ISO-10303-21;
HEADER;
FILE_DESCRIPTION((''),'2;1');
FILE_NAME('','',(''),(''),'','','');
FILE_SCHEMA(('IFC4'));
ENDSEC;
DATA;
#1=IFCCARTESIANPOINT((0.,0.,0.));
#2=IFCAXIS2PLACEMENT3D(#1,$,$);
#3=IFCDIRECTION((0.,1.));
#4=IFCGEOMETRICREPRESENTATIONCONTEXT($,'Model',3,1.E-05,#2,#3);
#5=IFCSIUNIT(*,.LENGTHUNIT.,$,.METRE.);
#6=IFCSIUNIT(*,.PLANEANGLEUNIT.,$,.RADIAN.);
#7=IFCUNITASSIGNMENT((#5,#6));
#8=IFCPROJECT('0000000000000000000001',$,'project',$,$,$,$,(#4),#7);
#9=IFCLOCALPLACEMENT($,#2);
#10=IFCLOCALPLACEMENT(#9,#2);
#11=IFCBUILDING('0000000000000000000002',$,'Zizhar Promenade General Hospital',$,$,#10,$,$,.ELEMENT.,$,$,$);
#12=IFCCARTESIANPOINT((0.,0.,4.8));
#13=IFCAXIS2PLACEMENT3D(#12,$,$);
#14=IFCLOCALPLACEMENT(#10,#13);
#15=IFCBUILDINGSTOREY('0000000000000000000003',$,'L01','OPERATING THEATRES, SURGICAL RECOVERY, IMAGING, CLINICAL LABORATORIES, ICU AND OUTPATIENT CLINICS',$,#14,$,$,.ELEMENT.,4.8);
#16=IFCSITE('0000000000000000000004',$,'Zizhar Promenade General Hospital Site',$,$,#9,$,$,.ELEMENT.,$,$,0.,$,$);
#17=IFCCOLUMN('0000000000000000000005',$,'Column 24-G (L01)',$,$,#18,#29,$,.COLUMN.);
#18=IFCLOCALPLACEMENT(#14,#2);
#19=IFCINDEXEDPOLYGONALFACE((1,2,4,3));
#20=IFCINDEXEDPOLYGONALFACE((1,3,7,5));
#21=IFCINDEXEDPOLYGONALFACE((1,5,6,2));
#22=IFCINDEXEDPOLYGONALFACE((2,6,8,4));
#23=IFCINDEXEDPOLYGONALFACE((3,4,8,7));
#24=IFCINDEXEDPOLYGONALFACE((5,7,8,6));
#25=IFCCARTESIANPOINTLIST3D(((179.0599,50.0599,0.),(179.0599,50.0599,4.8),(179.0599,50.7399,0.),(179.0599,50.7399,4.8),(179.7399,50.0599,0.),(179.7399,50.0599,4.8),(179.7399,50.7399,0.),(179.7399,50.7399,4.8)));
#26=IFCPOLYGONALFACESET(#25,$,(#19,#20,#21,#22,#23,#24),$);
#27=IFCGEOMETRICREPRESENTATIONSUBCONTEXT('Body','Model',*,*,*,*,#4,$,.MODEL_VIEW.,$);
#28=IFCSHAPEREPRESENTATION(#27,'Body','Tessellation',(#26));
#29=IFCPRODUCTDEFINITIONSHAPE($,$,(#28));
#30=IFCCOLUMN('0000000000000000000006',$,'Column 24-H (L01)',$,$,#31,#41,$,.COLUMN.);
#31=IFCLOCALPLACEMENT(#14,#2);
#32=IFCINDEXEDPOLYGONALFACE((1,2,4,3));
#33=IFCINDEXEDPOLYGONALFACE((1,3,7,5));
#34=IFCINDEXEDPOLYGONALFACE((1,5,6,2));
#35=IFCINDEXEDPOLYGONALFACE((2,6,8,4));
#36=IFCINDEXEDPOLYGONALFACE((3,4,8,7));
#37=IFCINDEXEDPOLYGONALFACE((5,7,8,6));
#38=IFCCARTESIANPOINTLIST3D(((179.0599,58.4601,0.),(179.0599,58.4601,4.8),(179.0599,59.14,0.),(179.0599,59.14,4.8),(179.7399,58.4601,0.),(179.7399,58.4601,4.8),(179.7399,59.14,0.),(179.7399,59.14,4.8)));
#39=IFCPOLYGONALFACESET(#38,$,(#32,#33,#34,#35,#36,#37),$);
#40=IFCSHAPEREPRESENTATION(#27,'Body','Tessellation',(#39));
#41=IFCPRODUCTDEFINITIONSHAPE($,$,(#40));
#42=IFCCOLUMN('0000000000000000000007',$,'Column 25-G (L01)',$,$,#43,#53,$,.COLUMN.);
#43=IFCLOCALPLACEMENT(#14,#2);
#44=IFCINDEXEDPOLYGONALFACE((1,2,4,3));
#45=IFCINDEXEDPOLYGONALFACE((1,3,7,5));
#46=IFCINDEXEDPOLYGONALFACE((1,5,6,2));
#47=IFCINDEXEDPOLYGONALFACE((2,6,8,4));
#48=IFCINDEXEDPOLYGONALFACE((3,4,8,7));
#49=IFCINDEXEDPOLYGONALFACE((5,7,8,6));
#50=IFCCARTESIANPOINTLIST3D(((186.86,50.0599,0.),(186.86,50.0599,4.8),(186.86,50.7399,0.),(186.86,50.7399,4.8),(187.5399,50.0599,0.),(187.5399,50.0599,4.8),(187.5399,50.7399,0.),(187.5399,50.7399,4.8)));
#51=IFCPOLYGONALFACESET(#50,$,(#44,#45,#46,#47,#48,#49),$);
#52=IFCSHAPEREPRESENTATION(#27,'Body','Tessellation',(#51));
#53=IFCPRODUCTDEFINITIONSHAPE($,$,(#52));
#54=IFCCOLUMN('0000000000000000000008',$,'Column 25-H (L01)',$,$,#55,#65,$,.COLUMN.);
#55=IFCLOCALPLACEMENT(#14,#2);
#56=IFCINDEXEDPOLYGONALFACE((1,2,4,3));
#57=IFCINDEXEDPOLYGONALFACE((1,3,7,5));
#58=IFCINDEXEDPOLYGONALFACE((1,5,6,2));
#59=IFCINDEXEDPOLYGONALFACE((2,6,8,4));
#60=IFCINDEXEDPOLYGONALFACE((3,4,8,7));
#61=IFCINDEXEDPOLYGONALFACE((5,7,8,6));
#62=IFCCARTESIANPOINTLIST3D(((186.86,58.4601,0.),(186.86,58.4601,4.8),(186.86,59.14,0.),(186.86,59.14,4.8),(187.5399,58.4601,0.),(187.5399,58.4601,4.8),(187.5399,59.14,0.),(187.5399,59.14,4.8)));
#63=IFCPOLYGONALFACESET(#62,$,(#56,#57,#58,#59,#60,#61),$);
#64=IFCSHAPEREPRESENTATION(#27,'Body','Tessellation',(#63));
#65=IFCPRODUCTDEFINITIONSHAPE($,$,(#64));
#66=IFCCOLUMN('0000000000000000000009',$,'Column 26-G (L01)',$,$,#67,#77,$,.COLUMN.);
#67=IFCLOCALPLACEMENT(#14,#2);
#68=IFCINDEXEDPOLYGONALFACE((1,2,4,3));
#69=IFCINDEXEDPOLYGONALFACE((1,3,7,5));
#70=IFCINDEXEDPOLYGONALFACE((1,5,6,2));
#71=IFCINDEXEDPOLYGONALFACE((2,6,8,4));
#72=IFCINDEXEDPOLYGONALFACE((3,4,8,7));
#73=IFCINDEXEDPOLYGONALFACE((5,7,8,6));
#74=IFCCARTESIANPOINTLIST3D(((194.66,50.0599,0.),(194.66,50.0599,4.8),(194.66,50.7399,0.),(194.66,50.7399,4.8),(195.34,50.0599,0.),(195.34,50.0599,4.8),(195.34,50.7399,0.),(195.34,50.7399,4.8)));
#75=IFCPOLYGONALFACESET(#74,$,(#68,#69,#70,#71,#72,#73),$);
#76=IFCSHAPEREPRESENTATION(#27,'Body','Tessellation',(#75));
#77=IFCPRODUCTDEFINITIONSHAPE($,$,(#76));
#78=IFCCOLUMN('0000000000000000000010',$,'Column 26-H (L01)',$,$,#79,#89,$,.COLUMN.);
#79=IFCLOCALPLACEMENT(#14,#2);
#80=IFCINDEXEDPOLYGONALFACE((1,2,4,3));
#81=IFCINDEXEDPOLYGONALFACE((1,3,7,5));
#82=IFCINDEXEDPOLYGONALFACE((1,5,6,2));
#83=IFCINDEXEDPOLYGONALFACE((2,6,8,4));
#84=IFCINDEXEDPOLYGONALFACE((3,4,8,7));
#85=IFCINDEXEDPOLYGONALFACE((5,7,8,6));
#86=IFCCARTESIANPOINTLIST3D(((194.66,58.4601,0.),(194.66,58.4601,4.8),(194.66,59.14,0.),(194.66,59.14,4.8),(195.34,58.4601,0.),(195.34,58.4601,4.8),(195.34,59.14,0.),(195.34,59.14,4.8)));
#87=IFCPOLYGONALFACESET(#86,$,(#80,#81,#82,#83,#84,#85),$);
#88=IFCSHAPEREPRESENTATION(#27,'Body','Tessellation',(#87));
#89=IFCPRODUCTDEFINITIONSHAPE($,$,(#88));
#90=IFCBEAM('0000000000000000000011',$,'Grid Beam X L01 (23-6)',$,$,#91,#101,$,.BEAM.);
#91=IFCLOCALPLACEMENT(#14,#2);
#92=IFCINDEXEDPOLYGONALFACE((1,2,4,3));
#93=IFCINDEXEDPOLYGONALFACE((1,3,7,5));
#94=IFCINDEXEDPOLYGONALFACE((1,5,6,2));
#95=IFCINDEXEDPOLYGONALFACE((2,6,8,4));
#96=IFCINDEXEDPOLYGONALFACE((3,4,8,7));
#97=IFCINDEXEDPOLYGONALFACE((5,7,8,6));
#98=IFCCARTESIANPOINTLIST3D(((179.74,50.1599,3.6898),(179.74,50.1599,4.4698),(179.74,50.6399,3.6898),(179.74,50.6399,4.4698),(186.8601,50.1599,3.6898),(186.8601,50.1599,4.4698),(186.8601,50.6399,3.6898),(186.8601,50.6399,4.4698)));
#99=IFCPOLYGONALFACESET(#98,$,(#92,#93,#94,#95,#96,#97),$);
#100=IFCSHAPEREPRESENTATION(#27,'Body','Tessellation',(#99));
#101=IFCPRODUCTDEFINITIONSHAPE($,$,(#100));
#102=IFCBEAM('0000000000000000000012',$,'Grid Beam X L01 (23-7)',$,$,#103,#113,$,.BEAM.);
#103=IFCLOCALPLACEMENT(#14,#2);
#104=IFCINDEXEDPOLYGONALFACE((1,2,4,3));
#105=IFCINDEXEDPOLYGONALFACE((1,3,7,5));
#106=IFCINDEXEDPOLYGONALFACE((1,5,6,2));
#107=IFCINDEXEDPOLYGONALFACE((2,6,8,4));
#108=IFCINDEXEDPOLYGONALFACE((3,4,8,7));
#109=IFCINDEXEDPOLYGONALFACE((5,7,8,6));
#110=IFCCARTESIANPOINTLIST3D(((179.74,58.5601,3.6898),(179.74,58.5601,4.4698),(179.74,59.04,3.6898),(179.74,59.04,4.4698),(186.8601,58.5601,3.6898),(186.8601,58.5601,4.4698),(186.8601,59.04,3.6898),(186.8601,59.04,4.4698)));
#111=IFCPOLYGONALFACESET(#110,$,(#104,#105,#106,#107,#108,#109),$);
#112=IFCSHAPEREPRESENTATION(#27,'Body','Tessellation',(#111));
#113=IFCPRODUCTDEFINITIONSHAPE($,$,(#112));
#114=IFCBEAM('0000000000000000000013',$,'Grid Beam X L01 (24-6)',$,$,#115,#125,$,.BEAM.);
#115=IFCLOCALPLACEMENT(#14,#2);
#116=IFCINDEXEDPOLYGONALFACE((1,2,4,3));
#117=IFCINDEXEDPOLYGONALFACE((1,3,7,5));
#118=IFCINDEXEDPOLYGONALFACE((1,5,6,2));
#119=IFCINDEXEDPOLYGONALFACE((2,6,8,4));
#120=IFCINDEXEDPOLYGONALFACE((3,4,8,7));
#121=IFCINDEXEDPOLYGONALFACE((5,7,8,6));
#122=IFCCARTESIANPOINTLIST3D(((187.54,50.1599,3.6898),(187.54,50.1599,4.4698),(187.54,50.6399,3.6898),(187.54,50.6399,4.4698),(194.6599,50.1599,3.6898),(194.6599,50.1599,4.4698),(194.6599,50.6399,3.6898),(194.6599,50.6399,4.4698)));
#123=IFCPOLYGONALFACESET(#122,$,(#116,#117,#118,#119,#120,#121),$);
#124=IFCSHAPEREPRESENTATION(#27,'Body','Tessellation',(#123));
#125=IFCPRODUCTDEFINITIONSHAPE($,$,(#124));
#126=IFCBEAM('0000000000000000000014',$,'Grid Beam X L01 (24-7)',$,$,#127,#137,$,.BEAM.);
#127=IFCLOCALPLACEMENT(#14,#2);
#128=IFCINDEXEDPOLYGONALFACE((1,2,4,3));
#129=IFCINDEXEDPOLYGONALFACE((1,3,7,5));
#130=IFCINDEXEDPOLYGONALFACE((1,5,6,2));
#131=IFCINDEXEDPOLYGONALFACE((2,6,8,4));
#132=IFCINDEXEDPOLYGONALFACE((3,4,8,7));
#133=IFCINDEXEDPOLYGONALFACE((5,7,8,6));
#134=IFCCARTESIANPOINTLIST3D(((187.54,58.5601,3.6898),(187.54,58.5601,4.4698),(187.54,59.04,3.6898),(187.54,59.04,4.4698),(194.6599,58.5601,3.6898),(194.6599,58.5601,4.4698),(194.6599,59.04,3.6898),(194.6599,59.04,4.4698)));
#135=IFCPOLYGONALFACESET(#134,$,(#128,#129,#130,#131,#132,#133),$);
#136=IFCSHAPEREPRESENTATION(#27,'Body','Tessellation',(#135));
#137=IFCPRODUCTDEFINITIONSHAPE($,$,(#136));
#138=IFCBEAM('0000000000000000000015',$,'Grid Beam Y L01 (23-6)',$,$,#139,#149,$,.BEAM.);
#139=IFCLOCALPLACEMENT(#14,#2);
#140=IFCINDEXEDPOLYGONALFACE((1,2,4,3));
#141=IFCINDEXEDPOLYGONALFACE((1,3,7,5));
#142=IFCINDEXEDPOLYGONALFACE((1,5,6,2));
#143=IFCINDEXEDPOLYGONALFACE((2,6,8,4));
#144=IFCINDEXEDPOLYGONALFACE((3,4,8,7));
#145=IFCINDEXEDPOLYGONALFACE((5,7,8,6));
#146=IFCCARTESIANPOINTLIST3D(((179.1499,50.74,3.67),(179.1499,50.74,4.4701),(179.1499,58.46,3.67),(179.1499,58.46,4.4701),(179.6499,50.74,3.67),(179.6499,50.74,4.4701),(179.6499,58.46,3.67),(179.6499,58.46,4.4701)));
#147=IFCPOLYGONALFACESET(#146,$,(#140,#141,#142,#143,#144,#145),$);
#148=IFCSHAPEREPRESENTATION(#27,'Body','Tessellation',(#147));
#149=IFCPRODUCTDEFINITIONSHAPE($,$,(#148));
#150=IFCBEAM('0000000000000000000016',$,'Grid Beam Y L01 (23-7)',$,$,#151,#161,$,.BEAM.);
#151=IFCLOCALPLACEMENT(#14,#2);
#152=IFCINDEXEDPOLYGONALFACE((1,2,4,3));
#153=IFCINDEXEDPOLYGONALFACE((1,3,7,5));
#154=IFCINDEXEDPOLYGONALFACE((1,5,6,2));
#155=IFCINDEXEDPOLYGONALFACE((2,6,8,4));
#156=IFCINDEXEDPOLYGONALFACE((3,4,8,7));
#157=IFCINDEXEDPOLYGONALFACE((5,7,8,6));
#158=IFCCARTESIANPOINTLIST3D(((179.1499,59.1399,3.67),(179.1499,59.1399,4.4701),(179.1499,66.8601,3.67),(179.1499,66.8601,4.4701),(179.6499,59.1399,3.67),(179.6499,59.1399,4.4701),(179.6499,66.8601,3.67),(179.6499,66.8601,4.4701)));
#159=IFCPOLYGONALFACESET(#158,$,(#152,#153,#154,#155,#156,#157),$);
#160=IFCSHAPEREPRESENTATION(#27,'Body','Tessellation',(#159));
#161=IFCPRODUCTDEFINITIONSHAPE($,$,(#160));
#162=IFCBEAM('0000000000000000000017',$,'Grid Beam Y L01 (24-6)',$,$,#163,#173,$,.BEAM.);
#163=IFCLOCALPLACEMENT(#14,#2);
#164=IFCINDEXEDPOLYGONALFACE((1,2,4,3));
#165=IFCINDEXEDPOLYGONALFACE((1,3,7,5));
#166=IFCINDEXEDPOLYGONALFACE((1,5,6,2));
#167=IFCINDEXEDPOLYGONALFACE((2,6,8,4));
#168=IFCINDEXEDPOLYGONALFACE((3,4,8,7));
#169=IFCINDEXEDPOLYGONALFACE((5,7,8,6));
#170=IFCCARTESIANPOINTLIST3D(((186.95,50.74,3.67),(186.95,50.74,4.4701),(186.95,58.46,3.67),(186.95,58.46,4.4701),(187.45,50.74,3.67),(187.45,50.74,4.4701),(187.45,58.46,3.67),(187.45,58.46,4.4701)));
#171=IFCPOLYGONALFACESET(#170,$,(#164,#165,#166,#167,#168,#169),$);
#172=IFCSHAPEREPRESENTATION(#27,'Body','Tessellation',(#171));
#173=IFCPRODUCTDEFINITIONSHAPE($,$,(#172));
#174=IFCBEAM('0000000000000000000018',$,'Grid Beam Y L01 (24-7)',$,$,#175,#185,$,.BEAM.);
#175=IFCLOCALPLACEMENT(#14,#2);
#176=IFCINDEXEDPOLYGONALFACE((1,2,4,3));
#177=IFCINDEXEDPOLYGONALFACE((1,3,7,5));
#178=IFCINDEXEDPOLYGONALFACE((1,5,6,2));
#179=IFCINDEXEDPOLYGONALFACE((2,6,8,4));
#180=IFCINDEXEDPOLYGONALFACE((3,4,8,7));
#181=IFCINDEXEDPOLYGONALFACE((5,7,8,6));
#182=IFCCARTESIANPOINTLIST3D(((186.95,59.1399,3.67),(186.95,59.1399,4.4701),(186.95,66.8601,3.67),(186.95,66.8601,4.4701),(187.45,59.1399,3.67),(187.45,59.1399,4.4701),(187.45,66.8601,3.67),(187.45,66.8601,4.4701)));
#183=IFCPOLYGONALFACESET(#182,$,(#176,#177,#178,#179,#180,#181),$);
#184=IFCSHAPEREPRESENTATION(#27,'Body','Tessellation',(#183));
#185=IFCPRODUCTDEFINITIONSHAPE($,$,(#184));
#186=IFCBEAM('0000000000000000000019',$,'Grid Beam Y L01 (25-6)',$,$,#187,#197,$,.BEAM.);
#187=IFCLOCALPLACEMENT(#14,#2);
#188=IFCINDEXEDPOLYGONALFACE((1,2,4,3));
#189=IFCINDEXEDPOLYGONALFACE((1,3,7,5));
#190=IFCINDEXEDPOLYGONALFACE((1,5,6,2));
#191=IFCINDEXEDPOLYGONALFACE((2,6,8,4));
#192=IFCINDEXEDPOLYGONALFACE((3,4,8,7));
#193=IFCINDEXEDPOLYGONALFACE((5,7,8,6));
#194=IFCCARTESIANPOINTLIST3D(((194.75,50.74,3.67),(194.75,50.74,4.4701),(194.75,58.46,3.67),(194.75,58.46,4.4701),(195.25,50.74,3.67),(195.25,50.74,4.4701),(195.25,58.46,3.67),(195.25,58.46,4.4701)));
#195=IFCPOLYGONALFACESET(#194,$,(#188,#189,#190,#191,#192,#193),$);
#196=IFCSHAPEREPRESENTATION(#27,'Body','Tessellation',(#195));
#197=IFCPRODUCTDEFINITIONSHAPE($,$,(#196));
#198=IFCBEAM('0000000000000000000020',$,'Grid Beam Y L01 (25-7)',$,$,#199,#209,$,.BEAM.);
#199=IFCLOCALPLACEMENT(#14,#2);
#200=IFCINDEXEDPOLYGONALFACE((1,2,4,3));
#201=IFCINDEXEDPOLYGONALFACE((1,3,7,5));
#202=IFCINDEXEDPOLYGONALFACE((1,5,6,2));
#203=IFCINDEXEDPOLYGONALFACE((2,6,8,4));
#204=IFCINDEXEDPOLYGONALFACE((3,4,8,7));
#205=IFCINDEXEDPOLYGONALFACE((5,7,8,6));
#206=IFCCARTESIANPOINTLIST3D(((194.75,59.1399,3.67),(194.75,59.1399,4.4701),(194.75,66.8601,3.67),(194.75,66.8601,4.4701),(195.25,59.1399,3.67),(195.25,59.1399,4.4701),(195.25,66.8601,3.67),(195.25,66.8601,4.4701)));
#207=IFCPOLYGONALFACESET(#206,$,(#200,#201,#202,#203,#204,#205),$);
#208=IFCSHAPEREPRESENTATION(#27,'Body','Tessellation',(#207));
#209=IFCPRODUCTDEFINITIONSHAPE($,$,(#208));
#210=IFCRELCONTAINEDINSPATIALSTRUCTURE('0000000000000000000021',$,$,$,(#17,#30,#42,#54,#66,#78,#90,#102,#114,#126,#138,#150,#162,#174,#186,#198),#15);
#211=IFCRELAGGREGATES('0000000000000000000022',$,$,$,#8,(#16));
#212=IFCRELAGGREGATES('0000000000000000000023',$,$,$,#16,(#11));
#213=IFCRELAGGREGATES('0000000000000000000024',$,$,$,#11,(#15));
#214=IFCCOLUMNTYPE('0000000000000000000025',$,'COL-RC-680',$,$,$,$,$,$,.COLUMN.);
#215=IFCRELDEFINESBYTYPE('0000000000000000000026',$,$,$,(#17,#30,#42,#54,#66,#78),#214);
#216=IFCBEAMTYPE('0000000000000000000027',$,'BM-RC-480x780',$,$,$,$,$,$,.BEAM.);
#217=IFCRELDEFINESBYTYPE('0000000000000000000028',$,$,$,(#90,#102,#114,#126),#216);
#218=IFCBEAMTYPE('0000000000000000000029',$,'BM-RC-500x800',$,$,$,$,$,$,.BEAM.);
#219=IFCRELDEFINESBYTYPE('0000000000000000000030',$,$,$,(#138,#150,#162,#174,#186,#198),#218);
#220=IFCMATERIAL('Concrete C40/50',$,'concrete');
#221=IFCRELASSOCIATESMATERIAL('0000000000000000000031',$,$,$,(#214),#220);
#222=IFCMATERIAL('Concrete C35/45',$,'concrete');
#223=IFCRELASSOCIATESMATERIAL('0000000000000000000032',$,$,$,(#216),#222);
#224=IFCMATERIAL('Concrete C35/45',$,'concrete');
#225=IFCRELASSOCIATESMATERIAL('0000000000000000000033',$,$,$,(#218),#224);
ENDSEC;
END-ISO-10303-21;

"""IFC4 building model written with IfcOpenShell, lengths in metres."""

from ifc_helpers import new_model, si_unit, direction, frame, origin, origin_2d, place, context, subcontext, project, spatial, rectangle, extrude, material, material_profile, profile_set, type_object, element, save


model = new_model("IFC4")

# Units and contexts
model_context = context("Model", 3, precision=1e-05, world=origin(), true_north=direction((0.0, 1.0)))
body_context = subcontext(model_context, "Body", "Model", "MODEL_VIEW")
ifc_project = project(units=[si_unit("LENGTHUNIT", "METRE"), si_unit("PLANEANGLEUNIT", "RADIAN")], contexts=[model_context])

# Site, building, storey
site_placement = place(None, origin())
site = spatial("IfcSite", under=ifc_project, at=site_placement, Name="Zizhar Promenade General Hospital Site", CompositionType="ELEMENT", RefElevation=0.0)
building_placement = place(site_placement, origin())
building = spatial("IfcBuilding", under=site, at=building_placement, Name="Zizhar Promenade General Hospital", CompositionType="ELEMENT")
storey_placement = place(building_placement, frame((0.0, 0.0, 4.8)))
storey = spatial("IfcBuildingStorey", under=building, at=storey_placement, Name="L01", Description="OPERATING THEATRES, SURGICAL RECOVERY, IMAGING, CLINICAL LABORATORIES, ICU AND OUTPATIENT CLINICS", CompositionType="ELEMENT", Elevation=4.8)

# Columns
ifc_material_1 = material(Name="Concrete C40/50", Category="concrete")
ifc_material_profile_1 = material_profile(ifc_material_1, rectangle(XDim=0.6799, YDim=0.6799, at=origin_2d()))
ifc_profile_set_1 = profile_set([ifc_material_profile_1], Name="Concrete C40/50")
column_type = type_object("IfcColumnType", Name="COL-RC-680", PredefinedType="COLUMN", material=ifc_profile_set_1)
for number, where, z_axis, x_axis, name in (
    (1, (179.3999, 50.3999, 0.0), (0.0, 0.0, 1.0), (1.0, 0.0, 0.0), "Column 24-G (L01)"),
    (2, (179.3999, 58.8, 0.0), (0.0, 0.0, 1.0), (1.0, 0.0, 0.0), "Column 24-H (L01)"),
    (3, (187.2, 50.3999, 0.0), (0.0, 0.0, 1.0), (1.0, 0.0, 0.0), "Column 25-G (L01)"),
    (4, (187.2, 58.8, 0.0), (0.0, 0.0, 1.0), (1.0, 0.0, 0.0), "Column 25-H (L01)"),
    (5, (195.0, 50.3999, 0.0), (0.0, 0.0, 1.0), (1.0, 0.0, 0.0), "Column 26-G (L01)"),
    (6, (195.0, 58.8, 0.0), (0.0, 0.0, 1.0), (1.0, 0.0, 0.0), "Column 26-H (L01)"),
):
    element("IfcColumn", number, at=place(storey_placement, frame(where, z_axis=z_axis, x_axis=x_axis)), inside=storey, type_object=column_type, Name=name, PredefinedType="COLUMN", context=body_context, shape_type="SweptSolid", body=[
        extrude(rectangle(XDim=0.6799, YDim=0.6799, at=origin_2d()), origin(), (0.0, 0.0, 1.0), 4.8),
    ])

# Beams
ifc_material_2 = material(Name="Concrete C35/45", Category="concrete")
ifc_material_profile_2 = material_profile(ifc_material_2, rectangle(XDim=0.48, YDim=0.78, at=origin_2d()))
ifc_profile_set_2 = profile_set([ifc_material_profile_2], Name="Concrete C35/45")
beam_type_1 = type_object("IfcBeamType", Name="BM-RC-480x780", PredefinedType="BEAM", material=ifc_profile_set_2)
for number, where, z_axis, x_axis, name in (
    (7, (179.74, 50.3999, 4.0798), (1.0, 0.0, 0.0), (0.0, 1.0, 0.0), "Grid Beam X L01 (23-6)"),
    (8, (179.74, 58.8, 4.0798), (1.0, 0.0, 0.0), (0.0, 1.0, 0.0), "Grid Beam X L01 (23-7)"),
):
    element("IfcBeam", number, at=place(storey_placement, frame(where, z_axis=z_axis, x_axis=x_axis)), inside=storey, type_object=beam_type_1, Name=name, PredefinedType="BEAM", context=body_context, shape_type="SweptSolid", body=[
        extrude(rectangle(XDim=0.48, YDim=0.78, at=origin_2d()), origin(), (0.0, 0.0, 1.0), 7.1201),
    ])
for number, where, z_axis, x_axis, name in (
    (9, (187.54, 50.3999, 4.0798), (1.0, 0.0, 0.0), (0.0, 1.0, 0.0), "Grid Beam X L01 (24-6)"),
    (10, (187.54, 58.8, 4.0798), (1.0, 0.0, 0.0), (0.0, 1.0, 0.0), "Grid Beam X L01 (24-7)"),
):
    element("IfcBeam", number, at=place(storey_placement, frame(where, z_axis=z_axis, x_axis=x_axis)), inside=storey, type_object=beam_type_1, Name=name, PredefinedType="BEAM", context=body_context, shape_type="SweptSolid", body=[
        extrude(rectangle(XDim=0.48, YDim=0.78, at=origin_2d()), origin(), (0.0, 0.0, 1.0), 7.1199),
    ])
ifc_material_3 = material(Name="Concrete C35/45", Category="concrete")
ifc_material_profile_3 = material_profile(ifc_material_3, rectangle(XDim=0.5, YDim=0.8, at=origin_2d()))
ifc_profile_set_3 = profile_set([ifc_material_profile_3], Name="Concrete C35/45")
beam_type_2 = type_object("IfcBeamType", Name="BM-RC-500x800", PredefinedType="BEAM", material=ifc_profile_set_3)
beam_1_placement = place(storey_placement, frame((179.3999, 50.74, 4.0701), z_axis=(0.0, 1.0, 0.0), x_axis=(-1.0, 0.0, 0.0)))
element("IfcBeam", 11, at=beam_1_placement, inside=storey, type_object=beam_type_2, Name="Grid Beam Y L01 (23-6)", PredefinedType="BEAM", context=body_context, shape_type="SweptSolid", body=[
    extrude(rectangle(XDim=0.5, YDim=0.8, at=origin_2d()), origin(), (0.0, 0.0, 1.0), 7.72),
])
beam_2_placement = place(storey_placement, frame((179.3999, 59.1399, 4.0701), z_axis=(0.0, 1.0, 0.0), x_axis=(-1.0, 0.0, 0.0)))
element("IfcBeam", 12, at=beam_2_placement, inside=storey, type_object=beam_type_2, Name="Grid Beam Y L01 (23-7)", PredefinedType="BEAM", context=body_context, shape_type="SweptSolid", body=[
    extrude(rectangle(XDim=0.5, YDim=0.8, at=origin_2d()), origin(), (0.0, 0.0, 1.0), 7.7202),
])
beam_3_placement = place(storey_placement, frame((187.2, 50.74, 4.0701), z_axis=(0.0, 1.0, 0.0), x_axis=(-1.0, 0.0, 0.0)))
element("IfcBeam", 13, at=beam_3_placement, inside=storey, type_object=beam_type_2, Name="Grid Beam Y L01 (24-6)", PredefinedType="BEAM", context=body_context, shape_type="SweptSolid", body=[
    extrude(rectangle(XDim=0.5, YDim=0.8, at=origin_2d()), origin(), (0.0, 0.0, 1.0), 7.72),
])
beam_4_placement = place(storey_placement, frame((187.2, 59.1399, 4.0701), z_axis=(0.0, 1.0, 0.0), x_axis=(-1.0, 0.0, 0.0)))
element("IfcBeam", 14, at=beam_4_placement, inside=storey, type_object=beam_type_2, Name="Grid Beam Y L01 (24-7)", PredefinedType="BEAM", context=body_context, shape_type="SweptSolid", body=[
    extrude(rectangle(XDim=0.5, YDim=0.8, at=origin_2d()), origin(), (0.0, 0.0, 1.0), 7.7202),
])
beam_5_placement = place(storey_placement, frame((195.0, 50.74, 4.0701), z_axis=(0.0, 1.0, 0.0), x_axis=(-1.0, 0.0, 0.0)))
element("IfcBeam", 15, at=beam_5_placement, inside=storey, type_object=beam_type_2, Name="Grid Beam Y L01 (25-6)", PredefinedType="BEAM", context=body_context, shape_type="SweptSolid", body=[
    extrude(rectangle(XDim=0.5, YDim=0.8, at=origin_2d()), origin(), (0.0, 0.0, 1.0), 7.72),
])
beam_6_placement = place(storey_placement, frame((195.0, 59.1399, 4.0701), z_axis=(0.0, 1.0, 0.0), x_axis=(-1.0, 0.0, 0.0)))
element("IfcBeam", 16, at=beam_6_placement, inside=storey, type_object=beam_type_2, Name="Grid Beam Y L01 (25-7)", PredefinedType="BEAM", context=body_context, shape_type="SweptSolid", body=[
    extrude(rectangle(XDim=0.5, YDim=0.8, at=origin_2d()), origin(), (0.0, 0.0, 1.0), 7.7202),
])

save(model, "model.ifc")
